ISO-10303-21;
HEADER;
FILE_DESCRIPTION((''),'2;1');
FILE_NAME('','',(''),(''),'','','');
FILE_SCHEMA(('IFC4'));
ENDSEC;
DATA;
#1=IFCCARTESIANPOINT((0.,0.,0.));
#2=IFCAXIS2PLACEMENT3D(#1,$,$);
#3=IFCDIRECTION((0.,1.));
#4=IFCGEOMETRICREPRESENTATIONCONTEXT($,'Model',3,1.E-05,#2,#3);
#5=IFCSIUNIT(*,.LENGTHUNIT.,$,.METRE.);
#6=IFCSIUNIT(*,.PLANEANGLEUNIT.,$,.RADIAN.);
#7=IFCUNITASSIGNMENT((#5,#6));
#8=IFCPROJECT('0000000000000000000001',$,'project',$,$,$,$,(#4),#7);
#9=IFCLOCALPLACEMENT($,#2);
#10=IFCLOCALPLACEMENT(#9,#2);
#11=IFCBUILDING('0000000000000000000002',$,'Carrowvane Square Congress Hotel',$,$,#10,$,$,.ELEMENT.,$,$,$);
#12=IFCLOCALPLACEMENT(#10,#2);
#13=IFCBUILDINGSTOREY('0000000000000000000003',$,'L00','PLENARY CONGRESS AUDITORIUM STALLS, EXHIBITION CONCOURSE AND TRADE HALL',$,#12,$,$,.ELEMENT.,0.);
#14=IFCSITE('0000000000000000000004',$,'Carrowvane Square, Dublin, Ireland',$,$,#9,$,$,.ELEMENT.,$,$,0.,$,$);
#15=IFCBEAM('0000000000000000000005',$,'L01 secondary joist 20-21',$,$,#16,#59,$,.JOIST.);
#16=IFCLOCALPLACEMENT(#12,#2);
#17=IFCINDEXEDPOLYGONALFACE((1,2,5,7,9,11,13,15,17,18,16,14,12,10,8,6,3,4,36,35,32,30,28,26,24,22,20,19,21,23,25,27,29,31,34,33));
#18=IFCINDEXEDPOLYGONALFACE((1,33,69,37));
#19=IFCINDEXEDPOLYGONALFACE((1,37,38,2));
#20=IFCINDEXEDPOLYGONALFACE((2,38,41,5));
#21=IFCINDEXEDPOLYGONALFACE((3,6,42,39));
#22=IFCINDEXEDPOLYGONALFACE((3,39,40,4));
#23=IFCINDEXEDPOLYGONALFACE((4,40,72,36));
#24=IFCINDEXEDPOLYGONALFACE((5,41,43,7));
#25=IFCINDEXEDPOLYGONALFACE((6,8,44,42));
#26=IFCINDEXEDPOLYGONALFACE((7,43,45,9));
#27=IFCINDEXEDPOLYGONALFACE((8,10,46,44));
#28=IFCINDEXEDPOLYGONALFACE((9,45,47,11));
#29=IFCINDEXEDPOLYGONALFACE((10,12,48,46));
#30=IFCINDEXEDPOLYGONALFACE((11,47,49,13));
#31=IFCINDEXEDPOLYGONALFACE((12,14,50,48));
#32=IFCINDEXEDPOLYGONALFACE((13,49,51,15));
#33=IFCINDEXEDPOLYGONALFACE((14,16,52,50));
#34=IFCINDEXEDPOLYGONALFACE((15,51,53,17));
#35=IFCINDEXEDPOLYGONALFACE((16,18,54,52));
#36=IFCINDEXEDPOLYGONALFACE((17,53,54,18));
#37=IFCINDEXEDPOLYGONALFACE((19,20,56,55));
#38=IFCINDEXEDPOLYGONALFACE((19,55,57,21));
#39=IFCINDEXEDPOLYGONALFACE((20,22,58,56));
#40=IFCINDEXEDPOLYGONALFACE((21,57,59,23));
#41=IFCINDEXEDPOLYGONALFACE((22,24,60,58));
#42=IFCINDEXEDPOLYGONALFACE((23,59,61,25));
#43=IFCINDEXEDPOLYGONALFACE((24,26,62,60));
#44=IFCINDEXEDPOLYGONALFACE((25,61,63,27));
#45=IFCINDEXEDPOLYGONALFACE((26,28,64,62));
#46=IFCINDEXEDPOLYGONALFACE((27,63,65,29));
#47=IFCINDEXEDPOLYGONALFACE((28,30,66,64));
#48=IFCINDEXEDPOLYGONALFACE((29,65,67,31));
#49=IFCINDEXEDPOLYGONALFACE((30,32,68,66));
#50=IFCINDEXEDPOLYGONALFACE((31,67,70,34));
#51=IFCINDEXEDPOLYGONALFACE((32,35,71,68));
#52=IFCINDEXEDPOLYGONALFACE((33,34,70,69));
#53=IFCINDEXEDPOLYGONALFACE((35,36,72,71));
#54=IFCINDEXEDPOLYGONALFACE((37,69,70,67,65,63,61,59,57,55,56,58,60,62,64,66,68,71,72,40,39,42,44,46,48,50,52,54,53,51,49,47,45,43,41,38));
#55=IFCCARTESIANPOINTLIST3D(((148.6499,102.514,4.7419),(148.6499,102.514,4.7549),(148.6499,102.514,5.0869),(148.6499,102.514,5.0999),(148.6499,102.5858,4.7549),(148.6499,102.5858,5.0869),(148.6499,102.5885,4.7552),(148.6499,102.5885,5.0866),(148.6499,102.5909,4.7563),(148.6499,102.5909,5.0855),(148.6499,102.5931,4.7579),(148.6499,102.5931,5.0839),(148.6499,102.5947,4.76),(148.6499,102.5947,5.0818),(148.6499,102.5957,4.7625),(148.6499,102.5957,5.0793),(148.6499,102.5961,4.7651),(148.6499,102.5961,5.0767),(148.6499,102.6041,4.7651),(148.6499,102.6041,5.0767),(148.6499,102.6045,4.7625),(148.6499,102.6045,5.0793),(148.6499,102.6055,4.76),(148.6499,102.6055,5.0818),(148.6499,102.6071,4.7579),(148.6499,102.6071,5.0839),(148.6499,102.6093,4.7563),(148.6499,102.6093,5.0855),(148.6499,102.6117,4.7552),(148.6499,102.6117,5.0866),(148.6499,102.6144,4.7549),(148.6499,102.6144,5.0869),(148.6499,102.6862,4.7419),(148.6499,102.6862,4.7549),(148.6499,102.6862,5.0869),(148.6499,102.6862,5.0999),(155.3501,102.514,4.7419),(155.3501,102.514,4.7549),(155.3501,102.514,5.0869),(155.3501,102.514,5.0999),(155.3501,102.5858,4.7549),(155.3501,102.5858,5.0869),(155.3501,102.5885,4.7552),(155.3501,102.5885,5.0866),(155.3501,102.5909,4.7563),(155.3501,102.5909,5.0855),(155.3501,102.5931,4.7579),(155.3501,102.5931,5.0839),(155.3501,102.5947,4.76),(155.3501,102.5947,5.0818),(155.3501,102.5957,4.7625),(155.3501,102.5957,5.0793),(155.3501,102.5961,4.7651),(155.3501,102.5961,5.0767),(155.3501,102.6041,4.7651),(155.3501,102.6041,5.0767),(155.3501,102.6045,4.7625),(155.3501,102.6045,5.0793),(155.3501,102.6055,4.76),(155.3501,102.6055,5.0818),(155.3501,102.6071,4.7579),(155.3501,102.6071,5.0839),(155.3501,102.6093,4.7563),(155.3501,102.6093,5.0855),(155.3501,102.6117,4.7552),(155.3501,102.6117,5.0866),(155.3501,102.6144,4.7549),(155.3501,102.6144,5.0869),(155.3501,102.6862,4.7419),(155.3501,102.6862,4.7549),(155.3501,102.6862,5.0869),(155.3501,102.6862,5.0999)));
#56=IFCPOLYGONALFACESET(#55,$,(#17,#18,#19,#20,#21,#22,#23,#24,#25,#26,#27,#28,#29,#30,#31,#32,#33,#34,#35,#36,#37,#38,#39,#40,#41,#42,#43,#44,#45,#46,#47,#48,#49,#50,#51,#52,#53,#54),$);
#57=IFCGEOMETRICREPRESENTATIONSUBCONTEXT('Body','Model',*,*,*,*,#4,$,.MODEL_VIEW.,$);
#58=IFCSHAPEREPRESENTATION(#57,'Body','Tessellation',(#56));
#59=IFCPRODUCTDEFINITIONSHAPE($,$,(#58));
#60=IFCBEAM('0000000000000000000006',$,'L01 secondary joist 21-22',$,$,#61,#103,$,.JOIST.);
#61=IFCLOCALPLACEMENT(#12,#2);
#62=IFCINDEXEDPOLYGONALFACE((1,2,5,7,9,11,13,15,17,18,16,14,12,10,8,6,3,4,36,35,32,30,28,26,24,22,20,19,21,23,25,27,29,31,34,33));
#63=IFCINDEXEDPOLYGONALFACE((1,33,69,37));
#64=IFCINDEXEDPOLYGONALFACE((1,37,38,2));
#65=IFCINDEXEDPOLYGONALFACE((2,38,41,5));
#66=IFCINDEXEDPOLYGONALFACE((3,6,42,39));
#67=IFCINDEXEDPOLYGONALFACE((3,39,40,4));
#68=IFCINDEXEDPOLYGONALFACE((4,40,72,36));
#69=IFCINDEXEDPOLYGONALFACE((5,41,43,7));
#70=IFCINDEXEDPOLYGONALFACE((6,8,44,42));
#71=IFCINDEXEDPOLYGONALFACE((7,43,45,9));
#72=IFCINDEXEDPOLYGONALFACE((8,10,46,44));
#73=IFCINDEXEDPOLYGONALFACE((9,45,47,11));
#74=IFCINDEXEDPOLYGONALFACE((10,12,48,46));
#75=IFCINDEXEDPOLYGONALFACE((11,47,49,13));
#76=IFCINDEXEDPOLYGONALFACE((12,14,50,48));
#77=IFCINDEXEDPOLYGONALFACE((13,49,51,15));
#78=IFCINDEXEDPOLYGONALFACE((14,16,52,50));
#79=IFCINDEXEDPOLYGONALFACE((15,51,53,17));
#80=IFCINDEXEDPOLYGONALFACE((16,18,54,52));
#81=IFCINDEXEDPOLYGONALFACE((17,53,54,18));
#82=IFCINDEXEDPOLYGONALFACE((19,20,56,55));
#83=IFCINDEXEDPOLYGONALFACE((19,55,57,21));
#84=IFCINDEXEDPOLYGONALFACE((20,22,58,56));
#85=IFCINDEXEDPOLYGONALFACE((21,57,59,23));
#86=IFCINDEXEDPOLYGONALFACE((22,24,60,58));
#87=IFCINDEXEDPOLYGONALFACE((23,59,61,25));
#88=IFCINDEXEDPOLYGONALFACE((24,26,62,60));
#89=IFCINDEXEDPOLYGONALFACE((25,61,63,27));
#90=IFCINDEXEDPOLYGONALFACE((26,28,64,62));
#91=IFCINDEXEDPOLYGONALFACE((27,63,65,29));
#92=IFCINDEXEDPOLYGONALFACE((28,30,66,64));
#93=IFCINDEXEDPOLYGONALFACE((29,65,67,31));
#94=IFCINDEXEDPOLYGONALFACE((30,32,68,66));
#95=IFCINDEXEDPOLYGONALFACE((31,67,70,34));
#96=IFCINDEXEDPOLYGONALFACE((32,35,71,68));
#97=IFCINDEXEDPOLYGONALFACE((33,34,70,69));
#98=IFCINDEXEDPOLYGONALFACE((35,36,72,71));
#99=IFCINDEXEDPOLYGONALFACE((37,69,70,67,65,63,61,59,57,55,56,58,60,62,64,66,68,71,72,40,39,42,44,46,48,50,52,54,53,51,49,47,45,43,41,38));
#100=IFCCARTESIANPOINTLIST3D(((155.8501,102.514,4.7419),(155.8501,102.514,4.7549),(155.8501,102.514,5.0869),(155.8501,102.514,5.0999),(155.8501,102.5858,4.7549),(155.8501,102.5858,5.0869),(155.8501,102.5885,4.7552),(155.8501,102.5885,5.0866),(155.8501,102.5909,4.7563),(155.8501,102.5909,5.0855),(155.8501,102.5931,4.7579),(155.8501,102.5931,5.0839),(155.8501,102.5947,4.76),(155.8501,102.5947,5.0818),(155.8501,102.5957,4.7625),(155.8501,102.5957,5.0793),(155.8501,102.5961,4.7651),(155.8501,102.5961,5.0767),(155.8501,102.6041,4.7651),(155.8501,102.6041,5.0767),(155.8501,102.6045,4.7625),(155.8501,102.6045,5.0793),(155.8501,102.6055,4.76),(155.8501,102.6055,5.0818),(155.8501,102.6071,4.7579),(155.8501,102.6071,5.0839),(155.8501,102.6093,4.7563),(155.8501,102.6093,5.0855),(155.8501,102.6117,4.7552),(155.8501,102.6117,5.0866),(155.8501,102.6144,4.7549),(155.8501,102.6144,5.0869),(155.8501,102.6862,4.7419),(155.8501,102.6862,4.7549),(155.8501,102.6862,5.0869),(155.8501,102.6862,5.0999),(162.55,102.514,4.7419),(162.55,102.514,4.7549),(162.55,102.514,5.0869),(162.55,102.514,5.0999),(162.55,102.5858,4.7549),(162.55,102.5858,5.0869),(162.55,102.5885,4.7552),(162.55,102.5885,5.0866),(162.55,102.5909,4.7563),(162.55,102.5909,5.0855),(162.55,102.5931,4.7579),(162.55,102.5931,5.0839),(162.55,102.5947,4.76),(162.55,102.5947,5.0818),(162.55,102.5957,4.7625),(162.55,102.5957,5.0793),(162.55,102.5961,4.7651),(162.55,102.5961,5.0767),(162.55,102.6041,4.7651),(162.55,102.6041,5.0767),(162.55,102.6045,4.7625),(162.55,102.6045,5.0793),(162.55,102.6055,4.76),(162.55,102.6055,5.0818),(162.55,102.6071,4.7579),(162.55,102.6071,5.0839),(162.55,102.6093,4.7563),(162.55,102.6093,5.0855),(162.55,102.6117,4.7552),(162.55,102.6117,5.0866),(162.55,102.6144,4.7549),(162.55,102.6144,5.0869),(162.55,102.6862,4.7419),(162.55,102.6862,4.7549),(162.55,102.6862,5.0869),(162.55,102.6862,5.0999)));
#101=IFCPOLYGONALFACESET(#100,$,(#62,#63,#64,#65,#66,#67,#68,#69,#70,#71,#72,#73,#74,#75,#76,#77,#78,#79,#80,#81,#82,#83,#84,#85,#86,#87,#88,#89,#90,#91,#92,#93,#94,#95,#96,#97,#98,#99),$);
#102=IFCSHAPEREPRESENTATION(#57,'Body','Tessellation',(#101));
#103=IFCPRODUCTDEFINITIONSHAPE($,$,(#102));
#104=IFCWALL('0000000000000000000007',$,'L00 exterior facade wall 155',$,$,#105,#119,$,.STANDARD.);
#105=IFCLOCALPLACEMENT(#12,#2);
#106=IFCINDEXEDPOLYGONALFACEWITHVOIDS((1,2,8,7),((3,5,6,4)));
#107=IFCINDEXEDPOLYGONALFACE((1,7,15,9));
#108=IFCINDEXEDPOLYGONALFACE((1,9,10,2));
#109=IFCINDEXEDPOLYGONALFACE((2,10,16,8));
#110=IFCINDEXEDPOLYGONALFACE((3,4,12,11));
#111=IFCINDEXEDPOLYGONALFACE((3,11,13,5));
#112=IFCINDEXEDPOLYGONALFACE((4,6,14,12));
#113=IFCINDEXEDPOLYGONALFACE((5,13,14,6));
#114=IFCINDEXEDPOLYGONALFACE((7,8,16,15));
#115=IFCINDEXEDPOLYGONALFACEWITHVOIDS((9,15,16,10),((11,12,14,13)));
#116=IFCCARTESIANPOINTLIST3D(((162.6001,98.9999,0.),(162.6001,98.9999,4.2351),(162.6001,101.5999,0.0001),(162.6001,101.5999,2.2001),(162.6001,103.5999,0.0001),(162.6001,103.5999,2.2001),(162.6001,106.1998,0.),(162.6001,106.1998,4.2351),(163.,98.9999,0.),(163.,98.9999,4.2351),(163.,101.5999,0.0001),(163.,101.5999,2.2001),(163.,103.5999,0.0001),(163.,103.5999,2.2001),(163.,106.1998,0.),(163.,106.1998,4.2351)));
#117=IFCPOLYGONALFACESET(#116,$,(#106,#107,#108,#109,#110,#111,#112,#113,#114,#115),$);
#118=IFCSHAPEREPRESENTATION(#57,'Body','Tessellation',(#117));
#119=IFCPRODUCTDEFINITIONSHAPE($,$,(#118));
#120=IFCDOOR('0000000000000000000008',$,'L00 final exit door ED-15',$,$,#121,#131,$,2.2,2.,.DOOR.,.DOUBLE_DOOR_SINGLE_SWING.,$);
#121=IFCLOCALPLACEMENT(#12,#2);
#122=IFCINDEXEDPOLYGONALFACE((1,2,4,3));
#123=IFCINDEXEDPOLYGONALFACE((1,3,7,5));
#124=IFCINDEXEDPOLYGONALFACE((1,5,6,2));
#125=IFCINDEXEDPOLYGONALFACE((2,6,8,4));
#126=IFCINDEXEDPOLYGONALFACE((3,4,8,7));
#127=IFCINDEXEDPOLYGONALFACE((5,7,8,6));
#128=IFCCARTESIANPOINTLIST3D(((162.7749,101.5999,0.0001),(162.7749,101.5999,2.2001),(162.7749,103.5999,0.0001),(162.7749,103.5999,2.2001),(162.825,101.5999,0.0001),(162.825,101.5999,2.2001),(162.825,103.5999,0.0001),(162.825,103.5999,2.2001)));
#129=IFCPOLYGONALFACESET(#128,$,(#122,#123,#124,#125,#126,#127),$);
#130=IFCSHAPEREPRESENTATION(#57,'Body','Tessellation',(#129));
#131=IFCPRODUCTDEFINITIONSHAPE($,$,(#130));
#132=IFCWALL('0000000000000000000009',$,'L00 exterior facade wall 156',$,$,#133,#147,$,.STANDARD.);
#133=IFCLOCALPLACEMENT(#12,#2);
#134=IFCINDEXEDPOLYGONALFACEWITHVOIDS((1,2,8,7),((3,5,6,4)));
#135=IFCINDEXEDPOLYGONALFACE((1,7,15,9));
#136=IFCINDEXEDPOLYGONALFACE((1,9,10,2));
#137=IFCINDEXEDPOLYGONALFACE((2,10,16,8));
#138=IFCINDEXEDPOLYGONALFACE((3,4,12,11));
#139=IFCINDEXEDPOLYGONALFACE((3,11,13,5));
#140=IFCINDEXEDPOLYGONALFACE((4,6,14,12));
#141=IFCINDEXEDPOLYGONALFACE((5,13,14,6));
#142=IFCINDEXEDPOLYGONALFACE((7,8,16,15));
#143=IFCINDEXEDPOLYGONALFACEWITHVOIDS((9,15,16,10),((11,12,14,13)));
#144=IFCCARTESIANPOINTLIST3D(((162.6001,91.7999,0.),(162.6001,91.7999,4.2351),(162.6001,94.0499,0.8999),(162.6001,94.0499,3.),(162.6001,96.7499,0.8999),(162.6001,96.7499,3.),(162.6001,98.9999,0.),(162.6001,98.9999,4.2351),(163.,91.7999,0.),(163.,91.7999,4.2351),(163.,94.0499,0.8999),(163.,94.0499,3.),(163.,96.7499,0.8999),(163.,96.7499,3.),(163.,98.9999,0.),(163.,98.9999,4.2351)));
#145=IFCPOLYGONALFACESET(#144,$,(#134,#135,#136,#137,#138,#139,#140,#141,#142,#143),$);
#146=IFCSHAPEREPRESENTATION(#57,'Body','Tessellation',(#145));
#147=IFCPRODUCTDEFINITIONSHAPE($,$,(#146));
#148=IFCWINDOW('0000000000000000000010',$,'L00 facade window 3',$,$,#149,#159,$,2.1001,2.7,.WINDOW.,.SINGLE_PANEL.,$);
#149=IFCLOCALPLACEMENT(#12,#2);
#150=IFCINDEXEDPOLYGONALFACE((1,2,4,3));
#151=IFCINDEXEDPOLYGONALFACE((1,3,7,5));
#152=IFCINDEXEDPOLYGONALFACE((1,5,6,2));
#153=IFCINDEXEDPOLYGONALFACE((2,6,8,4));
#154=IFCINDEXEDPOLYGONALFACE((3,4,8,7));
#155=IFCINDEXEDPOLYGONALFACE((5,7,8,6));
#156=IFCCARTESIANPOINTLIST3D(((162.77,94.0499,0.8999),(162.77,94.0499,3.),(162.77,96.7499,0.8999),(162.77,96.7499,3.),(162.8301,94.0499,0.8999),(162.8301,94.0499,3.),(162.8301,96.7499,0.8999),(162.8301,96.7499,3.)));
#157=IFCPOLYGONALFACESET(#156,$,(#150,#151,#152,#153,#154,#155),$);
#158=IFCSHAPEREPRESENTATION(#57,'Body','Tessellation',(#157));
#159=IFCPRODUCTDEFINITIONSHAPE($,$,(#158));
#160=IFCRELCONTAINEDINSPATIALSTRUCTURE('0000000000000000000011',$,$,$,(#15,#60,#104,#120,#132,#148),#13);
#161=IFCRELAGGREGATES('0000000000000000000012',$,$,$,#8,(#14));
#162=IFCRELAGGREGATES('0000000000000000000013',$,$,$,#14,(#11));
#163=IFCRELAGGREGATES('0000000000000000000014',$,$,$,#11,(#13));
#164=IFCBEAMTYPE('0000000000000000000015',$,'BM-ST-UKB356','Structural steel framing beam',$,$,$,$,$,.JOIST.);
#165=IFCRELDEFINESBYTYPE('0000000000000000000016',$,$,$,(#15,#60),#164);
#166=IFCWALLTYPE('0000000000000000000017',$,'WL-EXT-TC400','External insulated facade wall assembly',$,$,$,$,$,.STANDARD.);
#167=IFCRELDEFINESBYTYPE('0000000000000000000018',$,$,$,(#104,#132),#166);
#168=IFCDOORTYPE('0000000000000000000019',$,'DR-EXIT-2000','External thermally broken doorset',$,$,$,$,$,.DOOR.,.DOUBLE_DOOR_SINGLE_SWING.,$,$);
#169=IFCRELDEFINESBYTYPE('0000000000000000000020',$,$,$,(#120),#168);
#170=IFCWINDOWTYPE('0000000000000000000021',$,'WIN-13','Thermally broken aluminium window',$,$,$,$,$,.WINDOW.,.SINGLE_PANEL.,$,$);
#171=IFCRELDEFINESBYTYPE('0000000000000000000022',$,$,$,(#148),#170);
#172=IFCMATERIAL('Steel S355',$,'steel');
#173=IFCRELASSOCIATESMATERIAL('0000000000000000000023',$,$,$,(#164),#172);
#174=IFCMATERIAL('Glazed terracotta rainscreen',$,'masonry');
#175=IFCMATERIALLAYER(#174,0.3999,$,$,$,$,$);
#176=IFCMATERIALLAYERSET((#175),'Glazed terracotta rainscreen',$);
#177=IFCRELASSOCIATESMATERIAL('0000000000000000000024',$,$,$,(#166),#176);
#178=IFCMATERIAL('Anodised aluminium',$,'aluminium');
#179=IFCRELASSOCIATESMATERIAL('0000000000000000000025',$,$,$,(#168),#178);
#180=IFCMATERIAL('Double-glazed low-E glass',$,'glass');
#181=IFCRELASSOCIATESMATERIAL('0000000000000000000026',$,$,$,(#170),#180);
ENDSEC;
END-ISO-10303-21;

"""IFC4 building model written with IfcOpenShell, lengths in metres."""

from ifc_helpers import new_model, si_unit, direction, frame, frame_2d, origin, origin_2d, place, context, subcontext, project, spatial, rectangle, i_section, extrude, material, layer, layer_set, material_profile, profile_set, type_object, element, fill, save


model = new_model("IFC4")

# Units and contexts
model_context = context("Model", 3, precision=1e-05, world=origin(), true_north=direction((0.0, 1.0)))
body_context = subcontext(model_context, "Body", "Model", "MODEL_VIEW")
ifc_project = project(units=[si_unit("LENGTHUNIT", "METRE"), si_unit("PLANEANGLEUNIT", "RADIAN")], contexts=[model_context])

# Site, building, storey
site_placement = place(None, origin())
site = spatial("IfcSite", under=ifc_project, at=site_placement, Name="Carrowvane Square, Dublin, Ireland", CompositionType="ELEMENT", RefElevation=0.0)
building_placement = place(site_placement, origin())
building = spatial("IfcBuilding", under=site, at=building_placement, Name="Carrowvane Square Congress Hotel", CompositionType="ELEMENT")
storey_placement = place(building_placement, origin())
storey = spatial("IfcBuildingStorey", under=building, at=storey_placement, Name="L00", Description="PLENARY CONGRESS AUDITORIUM STALLS, EXHIBITION CONCOURSE AND TRADE HALL", CompositionType="ELEMENT", Elevation=0.0)

# Beams
ifc_material_1 = material(Name="Steel S355", Category="steel")
ifc_material_profile_1 = material_profile(ifc_material_1, i_section(OverallWidth=0.1721, OverallDepth=0.3579, WebThickness=0.0081, FlangeThickness=0.0129, FilletRadius=0.0103, at=origin_2d()), Name="UKB 356x171x57")
ifc_profile_set_1 = profile_set([ifc_material_profile_1], Name="Steel S355")
beam_type_1 = type_object("IfcBeamType", Name="BM-ST-UKB356", Description="Structural steel framing beam", PredefinedType="JOIST", material=ifc_profile_set_1)
beam_1_placement = place(storey_placement, frame((148.6499, 102.6001, 4.9209), z_axis=(1.0, 0.0, 0.0), x_axis=(0.0, 1.0, 0.0)))
element("IfcBeam", 1, at=beam_1_placement, inside=storey, type_object=beam_type_1, Name="L01 secondary joist 20-21", PredefinedType="JOIST", context=body_context, shape_type="SweptSolid", body=[
    extrude(i_section(OverallWidth=0.1721, OverallDepth=0.3579, WebThickness=0.0081, FlangeThickness=0.0129, FilletRadius=0.0103, at=origin_2d()), origin(), (0.0, 0.0, 1.0), 6.7002),
])
beam_2_placement = place(storey_placement, frame((155.8501, 102.6001, 4.9209), z_axis=(1.0, 0.0, 0.0), x_axis=(0.0, 1.0, 0.0)))
element("IfcBeam", 2, at=beam_2_placement, inside=storey, type_object=beam_type_1, Name="L01 secondary joist 21-22", PredefinedType="JOIST", context=body_context, shape_type="SweptSolid", body=[
    extrude(i_section(OverallWidth=0.1721, OverallDepth=0.3579, WebThickness=0.0081, FlangeThickness=0.0129, FilletRadius=0.0103, at=origin_2d()), origin(), (0.0, 0.0, 1.0), 6.7),
])

# Wall, opening, door
ifc_material_2 = material(Name="Glazed terracotta rainscreen", Category="masonry")
ifc_layer_1 = layer(ifc_material_2, 0.3999)
ifc_layer_set_1 = layer_set([ifc_layer_1], Name="Glazed terracotta rainscreen")
wall_type_1 = type_object("IfcWallType", Name="WL-EXT-TC400", Description="External insulated facade wall assembly", PredefinedType="STANDARD", material=ifc_layer_set_1)
wall_1_placement = place(storey_placement, frame((162.8, 106.2, 0.0), z_axis=(0.0, 0.0, 1.0), x_axis=(0.0, -1.0, 0.0)))
wall_1 = element("IfcWall", 3, at=wall_1_placement, inside=storey, type_object=wall_type_1, Name="L00 exterior facade wall 155", PredefinedType="STANDARD", context=body_context, shape_type="SweptSolid", body=[
    extrude(rectangle(XDim=7.2, YDim=0.3999, at=frame_2d((3.6001, 0.0))), origin(), (0.0, 0.0, 1.0), 4.2351),
])
opening_1_placement = place(wall_1_placement, frame((2.6001, 0.0, 0.0)))
opening_1 = element("IfcOpeningElement", 4, at=opening_1_placement, cuts=wall_1, PredefinedType="OPENING", context=body_context, shape_type="SweptSolid", body=[
    extrude(rectangle(XDim=2.0, YDim=2.2, at=frame_2d((1.0, 1.1001))), frame((0.0, 0.21, 0.0), z_axis=(0.0, -1.0, 0.0), x_axis=(1.0, 0.0, 0.0)), (0.0, 0.0, 1.0), 0.4199),
])
ifc_material_3 = material(Name="Anodised aluminium", Category="aluminium")
door_type_1 = type_object("IfcDoorType", Name="DR-EXIT-2000", Description="External thermally broken doorset", OperationType="DOUBLE_DOOR_SINGLE_SWING", PredefinedType="DOOR", material=ifc_material_3)
door_1_placement = place(opening_1_placement, origin())
door_1 = element("IfcDoor", 5, at=door_1_placement, inside=storey, type_object=door_type_1, Name="L00 final exit door ED-15", OperationType="DOUBLE_DOOR_SINGLE_SWING", OverallHeight=2.2, OverallWidth=2.0, PredefinedType="DOOR", context=body_context, shape_type="SweptSolid", body=[
    extrude(rectangle(XDim=2.0, YDim=2.2, at=frame_2d((1.0, 1.1001))), frame((0.0, 0.0249, 0.0), z_axis=(0.0, -1.0, 0.0), x_axis=(1.0, 0.0, 0.0)), (0.0, 0.0, 1.0), 0.05),
])
fill(opening_1, door_1)

# Wall, opening, window
wall_2_placement = place(storey_placement, frame((162.8, 99.0, 0.0), z_axis=(0.0, 0.0, 1.0), x_axis=(0.0, -1.0, 0.0)))
wall_2 = element("IfcWall", 6, at=wall_2_placement, inside=storey, type_object=wall_type_1, Name="L00 exterior facade wall 156", PredefinedType="STANDARD", context=body_context, shape_type="SweptSolid", body=[
    extrude(rectangle(XDim=7.2, YDim=0.3999, at=frame_2d((3.6001, 0.0))), origin(), (0.0, 0.0, 1.0), 4.2351),
])
opening_2_placement = place(wall_2_placement, frame((2.25, 0.0, 0.8999)))
opening_2 = element("IfcOpeningElement", 7, at=opening_2_placement, cuts=wall_2, PredefinedType="OPENING", context=body_context, shape_type="SweptSolid", body=[
    extrude(rectangle(XDim=2.7, YDim=2.1001, at=frame_2d((1.3501, 1.05))), frame((0.0, 0.21, 0.0), z_axis=(0.0, -1.0, 0.0), x_axis=(1.0, 0.0, 0.0)), (0.0, 0.0, 1.0), 0.4199),
])
ifc_material_4 = material(Name="Double-glazed low-E glass", Category="glass")
window_type = type_object("IfcWindowType", Name="WIN-13", Description="Thermally broken aluminium window", PartitioningType="SINGLE_PANEL", PredefinedType="WINDOW", material=ifc_material_4)
window_placement = place(opening_2_placement, origin())
window = element("IfcWindow", 8, at=window_placement, inside=storey, type_object=window_type, Name="L00 facade window 3", OverallHeight=2.1001, OverallWidth=2.7, PartitioningType="SINGLE_PANEL", PredefinedType="WINDOW", context=body_context, shape_type="SweptSolid", body=[
    extrude(rectangle(XDim=2.7, YDim=2.1001, at=frame_2d((1.3501, 1.05))), frame((0.0, 0.03, 0.0), z_axis=(0.0, -1.0, 0.0), x_axis=(1.0, 0.0, 0.0)), (0.0, 0.0, 1.0), 0.0601),
])
fill(opening_2, window)

save(model, "model.ifc")
